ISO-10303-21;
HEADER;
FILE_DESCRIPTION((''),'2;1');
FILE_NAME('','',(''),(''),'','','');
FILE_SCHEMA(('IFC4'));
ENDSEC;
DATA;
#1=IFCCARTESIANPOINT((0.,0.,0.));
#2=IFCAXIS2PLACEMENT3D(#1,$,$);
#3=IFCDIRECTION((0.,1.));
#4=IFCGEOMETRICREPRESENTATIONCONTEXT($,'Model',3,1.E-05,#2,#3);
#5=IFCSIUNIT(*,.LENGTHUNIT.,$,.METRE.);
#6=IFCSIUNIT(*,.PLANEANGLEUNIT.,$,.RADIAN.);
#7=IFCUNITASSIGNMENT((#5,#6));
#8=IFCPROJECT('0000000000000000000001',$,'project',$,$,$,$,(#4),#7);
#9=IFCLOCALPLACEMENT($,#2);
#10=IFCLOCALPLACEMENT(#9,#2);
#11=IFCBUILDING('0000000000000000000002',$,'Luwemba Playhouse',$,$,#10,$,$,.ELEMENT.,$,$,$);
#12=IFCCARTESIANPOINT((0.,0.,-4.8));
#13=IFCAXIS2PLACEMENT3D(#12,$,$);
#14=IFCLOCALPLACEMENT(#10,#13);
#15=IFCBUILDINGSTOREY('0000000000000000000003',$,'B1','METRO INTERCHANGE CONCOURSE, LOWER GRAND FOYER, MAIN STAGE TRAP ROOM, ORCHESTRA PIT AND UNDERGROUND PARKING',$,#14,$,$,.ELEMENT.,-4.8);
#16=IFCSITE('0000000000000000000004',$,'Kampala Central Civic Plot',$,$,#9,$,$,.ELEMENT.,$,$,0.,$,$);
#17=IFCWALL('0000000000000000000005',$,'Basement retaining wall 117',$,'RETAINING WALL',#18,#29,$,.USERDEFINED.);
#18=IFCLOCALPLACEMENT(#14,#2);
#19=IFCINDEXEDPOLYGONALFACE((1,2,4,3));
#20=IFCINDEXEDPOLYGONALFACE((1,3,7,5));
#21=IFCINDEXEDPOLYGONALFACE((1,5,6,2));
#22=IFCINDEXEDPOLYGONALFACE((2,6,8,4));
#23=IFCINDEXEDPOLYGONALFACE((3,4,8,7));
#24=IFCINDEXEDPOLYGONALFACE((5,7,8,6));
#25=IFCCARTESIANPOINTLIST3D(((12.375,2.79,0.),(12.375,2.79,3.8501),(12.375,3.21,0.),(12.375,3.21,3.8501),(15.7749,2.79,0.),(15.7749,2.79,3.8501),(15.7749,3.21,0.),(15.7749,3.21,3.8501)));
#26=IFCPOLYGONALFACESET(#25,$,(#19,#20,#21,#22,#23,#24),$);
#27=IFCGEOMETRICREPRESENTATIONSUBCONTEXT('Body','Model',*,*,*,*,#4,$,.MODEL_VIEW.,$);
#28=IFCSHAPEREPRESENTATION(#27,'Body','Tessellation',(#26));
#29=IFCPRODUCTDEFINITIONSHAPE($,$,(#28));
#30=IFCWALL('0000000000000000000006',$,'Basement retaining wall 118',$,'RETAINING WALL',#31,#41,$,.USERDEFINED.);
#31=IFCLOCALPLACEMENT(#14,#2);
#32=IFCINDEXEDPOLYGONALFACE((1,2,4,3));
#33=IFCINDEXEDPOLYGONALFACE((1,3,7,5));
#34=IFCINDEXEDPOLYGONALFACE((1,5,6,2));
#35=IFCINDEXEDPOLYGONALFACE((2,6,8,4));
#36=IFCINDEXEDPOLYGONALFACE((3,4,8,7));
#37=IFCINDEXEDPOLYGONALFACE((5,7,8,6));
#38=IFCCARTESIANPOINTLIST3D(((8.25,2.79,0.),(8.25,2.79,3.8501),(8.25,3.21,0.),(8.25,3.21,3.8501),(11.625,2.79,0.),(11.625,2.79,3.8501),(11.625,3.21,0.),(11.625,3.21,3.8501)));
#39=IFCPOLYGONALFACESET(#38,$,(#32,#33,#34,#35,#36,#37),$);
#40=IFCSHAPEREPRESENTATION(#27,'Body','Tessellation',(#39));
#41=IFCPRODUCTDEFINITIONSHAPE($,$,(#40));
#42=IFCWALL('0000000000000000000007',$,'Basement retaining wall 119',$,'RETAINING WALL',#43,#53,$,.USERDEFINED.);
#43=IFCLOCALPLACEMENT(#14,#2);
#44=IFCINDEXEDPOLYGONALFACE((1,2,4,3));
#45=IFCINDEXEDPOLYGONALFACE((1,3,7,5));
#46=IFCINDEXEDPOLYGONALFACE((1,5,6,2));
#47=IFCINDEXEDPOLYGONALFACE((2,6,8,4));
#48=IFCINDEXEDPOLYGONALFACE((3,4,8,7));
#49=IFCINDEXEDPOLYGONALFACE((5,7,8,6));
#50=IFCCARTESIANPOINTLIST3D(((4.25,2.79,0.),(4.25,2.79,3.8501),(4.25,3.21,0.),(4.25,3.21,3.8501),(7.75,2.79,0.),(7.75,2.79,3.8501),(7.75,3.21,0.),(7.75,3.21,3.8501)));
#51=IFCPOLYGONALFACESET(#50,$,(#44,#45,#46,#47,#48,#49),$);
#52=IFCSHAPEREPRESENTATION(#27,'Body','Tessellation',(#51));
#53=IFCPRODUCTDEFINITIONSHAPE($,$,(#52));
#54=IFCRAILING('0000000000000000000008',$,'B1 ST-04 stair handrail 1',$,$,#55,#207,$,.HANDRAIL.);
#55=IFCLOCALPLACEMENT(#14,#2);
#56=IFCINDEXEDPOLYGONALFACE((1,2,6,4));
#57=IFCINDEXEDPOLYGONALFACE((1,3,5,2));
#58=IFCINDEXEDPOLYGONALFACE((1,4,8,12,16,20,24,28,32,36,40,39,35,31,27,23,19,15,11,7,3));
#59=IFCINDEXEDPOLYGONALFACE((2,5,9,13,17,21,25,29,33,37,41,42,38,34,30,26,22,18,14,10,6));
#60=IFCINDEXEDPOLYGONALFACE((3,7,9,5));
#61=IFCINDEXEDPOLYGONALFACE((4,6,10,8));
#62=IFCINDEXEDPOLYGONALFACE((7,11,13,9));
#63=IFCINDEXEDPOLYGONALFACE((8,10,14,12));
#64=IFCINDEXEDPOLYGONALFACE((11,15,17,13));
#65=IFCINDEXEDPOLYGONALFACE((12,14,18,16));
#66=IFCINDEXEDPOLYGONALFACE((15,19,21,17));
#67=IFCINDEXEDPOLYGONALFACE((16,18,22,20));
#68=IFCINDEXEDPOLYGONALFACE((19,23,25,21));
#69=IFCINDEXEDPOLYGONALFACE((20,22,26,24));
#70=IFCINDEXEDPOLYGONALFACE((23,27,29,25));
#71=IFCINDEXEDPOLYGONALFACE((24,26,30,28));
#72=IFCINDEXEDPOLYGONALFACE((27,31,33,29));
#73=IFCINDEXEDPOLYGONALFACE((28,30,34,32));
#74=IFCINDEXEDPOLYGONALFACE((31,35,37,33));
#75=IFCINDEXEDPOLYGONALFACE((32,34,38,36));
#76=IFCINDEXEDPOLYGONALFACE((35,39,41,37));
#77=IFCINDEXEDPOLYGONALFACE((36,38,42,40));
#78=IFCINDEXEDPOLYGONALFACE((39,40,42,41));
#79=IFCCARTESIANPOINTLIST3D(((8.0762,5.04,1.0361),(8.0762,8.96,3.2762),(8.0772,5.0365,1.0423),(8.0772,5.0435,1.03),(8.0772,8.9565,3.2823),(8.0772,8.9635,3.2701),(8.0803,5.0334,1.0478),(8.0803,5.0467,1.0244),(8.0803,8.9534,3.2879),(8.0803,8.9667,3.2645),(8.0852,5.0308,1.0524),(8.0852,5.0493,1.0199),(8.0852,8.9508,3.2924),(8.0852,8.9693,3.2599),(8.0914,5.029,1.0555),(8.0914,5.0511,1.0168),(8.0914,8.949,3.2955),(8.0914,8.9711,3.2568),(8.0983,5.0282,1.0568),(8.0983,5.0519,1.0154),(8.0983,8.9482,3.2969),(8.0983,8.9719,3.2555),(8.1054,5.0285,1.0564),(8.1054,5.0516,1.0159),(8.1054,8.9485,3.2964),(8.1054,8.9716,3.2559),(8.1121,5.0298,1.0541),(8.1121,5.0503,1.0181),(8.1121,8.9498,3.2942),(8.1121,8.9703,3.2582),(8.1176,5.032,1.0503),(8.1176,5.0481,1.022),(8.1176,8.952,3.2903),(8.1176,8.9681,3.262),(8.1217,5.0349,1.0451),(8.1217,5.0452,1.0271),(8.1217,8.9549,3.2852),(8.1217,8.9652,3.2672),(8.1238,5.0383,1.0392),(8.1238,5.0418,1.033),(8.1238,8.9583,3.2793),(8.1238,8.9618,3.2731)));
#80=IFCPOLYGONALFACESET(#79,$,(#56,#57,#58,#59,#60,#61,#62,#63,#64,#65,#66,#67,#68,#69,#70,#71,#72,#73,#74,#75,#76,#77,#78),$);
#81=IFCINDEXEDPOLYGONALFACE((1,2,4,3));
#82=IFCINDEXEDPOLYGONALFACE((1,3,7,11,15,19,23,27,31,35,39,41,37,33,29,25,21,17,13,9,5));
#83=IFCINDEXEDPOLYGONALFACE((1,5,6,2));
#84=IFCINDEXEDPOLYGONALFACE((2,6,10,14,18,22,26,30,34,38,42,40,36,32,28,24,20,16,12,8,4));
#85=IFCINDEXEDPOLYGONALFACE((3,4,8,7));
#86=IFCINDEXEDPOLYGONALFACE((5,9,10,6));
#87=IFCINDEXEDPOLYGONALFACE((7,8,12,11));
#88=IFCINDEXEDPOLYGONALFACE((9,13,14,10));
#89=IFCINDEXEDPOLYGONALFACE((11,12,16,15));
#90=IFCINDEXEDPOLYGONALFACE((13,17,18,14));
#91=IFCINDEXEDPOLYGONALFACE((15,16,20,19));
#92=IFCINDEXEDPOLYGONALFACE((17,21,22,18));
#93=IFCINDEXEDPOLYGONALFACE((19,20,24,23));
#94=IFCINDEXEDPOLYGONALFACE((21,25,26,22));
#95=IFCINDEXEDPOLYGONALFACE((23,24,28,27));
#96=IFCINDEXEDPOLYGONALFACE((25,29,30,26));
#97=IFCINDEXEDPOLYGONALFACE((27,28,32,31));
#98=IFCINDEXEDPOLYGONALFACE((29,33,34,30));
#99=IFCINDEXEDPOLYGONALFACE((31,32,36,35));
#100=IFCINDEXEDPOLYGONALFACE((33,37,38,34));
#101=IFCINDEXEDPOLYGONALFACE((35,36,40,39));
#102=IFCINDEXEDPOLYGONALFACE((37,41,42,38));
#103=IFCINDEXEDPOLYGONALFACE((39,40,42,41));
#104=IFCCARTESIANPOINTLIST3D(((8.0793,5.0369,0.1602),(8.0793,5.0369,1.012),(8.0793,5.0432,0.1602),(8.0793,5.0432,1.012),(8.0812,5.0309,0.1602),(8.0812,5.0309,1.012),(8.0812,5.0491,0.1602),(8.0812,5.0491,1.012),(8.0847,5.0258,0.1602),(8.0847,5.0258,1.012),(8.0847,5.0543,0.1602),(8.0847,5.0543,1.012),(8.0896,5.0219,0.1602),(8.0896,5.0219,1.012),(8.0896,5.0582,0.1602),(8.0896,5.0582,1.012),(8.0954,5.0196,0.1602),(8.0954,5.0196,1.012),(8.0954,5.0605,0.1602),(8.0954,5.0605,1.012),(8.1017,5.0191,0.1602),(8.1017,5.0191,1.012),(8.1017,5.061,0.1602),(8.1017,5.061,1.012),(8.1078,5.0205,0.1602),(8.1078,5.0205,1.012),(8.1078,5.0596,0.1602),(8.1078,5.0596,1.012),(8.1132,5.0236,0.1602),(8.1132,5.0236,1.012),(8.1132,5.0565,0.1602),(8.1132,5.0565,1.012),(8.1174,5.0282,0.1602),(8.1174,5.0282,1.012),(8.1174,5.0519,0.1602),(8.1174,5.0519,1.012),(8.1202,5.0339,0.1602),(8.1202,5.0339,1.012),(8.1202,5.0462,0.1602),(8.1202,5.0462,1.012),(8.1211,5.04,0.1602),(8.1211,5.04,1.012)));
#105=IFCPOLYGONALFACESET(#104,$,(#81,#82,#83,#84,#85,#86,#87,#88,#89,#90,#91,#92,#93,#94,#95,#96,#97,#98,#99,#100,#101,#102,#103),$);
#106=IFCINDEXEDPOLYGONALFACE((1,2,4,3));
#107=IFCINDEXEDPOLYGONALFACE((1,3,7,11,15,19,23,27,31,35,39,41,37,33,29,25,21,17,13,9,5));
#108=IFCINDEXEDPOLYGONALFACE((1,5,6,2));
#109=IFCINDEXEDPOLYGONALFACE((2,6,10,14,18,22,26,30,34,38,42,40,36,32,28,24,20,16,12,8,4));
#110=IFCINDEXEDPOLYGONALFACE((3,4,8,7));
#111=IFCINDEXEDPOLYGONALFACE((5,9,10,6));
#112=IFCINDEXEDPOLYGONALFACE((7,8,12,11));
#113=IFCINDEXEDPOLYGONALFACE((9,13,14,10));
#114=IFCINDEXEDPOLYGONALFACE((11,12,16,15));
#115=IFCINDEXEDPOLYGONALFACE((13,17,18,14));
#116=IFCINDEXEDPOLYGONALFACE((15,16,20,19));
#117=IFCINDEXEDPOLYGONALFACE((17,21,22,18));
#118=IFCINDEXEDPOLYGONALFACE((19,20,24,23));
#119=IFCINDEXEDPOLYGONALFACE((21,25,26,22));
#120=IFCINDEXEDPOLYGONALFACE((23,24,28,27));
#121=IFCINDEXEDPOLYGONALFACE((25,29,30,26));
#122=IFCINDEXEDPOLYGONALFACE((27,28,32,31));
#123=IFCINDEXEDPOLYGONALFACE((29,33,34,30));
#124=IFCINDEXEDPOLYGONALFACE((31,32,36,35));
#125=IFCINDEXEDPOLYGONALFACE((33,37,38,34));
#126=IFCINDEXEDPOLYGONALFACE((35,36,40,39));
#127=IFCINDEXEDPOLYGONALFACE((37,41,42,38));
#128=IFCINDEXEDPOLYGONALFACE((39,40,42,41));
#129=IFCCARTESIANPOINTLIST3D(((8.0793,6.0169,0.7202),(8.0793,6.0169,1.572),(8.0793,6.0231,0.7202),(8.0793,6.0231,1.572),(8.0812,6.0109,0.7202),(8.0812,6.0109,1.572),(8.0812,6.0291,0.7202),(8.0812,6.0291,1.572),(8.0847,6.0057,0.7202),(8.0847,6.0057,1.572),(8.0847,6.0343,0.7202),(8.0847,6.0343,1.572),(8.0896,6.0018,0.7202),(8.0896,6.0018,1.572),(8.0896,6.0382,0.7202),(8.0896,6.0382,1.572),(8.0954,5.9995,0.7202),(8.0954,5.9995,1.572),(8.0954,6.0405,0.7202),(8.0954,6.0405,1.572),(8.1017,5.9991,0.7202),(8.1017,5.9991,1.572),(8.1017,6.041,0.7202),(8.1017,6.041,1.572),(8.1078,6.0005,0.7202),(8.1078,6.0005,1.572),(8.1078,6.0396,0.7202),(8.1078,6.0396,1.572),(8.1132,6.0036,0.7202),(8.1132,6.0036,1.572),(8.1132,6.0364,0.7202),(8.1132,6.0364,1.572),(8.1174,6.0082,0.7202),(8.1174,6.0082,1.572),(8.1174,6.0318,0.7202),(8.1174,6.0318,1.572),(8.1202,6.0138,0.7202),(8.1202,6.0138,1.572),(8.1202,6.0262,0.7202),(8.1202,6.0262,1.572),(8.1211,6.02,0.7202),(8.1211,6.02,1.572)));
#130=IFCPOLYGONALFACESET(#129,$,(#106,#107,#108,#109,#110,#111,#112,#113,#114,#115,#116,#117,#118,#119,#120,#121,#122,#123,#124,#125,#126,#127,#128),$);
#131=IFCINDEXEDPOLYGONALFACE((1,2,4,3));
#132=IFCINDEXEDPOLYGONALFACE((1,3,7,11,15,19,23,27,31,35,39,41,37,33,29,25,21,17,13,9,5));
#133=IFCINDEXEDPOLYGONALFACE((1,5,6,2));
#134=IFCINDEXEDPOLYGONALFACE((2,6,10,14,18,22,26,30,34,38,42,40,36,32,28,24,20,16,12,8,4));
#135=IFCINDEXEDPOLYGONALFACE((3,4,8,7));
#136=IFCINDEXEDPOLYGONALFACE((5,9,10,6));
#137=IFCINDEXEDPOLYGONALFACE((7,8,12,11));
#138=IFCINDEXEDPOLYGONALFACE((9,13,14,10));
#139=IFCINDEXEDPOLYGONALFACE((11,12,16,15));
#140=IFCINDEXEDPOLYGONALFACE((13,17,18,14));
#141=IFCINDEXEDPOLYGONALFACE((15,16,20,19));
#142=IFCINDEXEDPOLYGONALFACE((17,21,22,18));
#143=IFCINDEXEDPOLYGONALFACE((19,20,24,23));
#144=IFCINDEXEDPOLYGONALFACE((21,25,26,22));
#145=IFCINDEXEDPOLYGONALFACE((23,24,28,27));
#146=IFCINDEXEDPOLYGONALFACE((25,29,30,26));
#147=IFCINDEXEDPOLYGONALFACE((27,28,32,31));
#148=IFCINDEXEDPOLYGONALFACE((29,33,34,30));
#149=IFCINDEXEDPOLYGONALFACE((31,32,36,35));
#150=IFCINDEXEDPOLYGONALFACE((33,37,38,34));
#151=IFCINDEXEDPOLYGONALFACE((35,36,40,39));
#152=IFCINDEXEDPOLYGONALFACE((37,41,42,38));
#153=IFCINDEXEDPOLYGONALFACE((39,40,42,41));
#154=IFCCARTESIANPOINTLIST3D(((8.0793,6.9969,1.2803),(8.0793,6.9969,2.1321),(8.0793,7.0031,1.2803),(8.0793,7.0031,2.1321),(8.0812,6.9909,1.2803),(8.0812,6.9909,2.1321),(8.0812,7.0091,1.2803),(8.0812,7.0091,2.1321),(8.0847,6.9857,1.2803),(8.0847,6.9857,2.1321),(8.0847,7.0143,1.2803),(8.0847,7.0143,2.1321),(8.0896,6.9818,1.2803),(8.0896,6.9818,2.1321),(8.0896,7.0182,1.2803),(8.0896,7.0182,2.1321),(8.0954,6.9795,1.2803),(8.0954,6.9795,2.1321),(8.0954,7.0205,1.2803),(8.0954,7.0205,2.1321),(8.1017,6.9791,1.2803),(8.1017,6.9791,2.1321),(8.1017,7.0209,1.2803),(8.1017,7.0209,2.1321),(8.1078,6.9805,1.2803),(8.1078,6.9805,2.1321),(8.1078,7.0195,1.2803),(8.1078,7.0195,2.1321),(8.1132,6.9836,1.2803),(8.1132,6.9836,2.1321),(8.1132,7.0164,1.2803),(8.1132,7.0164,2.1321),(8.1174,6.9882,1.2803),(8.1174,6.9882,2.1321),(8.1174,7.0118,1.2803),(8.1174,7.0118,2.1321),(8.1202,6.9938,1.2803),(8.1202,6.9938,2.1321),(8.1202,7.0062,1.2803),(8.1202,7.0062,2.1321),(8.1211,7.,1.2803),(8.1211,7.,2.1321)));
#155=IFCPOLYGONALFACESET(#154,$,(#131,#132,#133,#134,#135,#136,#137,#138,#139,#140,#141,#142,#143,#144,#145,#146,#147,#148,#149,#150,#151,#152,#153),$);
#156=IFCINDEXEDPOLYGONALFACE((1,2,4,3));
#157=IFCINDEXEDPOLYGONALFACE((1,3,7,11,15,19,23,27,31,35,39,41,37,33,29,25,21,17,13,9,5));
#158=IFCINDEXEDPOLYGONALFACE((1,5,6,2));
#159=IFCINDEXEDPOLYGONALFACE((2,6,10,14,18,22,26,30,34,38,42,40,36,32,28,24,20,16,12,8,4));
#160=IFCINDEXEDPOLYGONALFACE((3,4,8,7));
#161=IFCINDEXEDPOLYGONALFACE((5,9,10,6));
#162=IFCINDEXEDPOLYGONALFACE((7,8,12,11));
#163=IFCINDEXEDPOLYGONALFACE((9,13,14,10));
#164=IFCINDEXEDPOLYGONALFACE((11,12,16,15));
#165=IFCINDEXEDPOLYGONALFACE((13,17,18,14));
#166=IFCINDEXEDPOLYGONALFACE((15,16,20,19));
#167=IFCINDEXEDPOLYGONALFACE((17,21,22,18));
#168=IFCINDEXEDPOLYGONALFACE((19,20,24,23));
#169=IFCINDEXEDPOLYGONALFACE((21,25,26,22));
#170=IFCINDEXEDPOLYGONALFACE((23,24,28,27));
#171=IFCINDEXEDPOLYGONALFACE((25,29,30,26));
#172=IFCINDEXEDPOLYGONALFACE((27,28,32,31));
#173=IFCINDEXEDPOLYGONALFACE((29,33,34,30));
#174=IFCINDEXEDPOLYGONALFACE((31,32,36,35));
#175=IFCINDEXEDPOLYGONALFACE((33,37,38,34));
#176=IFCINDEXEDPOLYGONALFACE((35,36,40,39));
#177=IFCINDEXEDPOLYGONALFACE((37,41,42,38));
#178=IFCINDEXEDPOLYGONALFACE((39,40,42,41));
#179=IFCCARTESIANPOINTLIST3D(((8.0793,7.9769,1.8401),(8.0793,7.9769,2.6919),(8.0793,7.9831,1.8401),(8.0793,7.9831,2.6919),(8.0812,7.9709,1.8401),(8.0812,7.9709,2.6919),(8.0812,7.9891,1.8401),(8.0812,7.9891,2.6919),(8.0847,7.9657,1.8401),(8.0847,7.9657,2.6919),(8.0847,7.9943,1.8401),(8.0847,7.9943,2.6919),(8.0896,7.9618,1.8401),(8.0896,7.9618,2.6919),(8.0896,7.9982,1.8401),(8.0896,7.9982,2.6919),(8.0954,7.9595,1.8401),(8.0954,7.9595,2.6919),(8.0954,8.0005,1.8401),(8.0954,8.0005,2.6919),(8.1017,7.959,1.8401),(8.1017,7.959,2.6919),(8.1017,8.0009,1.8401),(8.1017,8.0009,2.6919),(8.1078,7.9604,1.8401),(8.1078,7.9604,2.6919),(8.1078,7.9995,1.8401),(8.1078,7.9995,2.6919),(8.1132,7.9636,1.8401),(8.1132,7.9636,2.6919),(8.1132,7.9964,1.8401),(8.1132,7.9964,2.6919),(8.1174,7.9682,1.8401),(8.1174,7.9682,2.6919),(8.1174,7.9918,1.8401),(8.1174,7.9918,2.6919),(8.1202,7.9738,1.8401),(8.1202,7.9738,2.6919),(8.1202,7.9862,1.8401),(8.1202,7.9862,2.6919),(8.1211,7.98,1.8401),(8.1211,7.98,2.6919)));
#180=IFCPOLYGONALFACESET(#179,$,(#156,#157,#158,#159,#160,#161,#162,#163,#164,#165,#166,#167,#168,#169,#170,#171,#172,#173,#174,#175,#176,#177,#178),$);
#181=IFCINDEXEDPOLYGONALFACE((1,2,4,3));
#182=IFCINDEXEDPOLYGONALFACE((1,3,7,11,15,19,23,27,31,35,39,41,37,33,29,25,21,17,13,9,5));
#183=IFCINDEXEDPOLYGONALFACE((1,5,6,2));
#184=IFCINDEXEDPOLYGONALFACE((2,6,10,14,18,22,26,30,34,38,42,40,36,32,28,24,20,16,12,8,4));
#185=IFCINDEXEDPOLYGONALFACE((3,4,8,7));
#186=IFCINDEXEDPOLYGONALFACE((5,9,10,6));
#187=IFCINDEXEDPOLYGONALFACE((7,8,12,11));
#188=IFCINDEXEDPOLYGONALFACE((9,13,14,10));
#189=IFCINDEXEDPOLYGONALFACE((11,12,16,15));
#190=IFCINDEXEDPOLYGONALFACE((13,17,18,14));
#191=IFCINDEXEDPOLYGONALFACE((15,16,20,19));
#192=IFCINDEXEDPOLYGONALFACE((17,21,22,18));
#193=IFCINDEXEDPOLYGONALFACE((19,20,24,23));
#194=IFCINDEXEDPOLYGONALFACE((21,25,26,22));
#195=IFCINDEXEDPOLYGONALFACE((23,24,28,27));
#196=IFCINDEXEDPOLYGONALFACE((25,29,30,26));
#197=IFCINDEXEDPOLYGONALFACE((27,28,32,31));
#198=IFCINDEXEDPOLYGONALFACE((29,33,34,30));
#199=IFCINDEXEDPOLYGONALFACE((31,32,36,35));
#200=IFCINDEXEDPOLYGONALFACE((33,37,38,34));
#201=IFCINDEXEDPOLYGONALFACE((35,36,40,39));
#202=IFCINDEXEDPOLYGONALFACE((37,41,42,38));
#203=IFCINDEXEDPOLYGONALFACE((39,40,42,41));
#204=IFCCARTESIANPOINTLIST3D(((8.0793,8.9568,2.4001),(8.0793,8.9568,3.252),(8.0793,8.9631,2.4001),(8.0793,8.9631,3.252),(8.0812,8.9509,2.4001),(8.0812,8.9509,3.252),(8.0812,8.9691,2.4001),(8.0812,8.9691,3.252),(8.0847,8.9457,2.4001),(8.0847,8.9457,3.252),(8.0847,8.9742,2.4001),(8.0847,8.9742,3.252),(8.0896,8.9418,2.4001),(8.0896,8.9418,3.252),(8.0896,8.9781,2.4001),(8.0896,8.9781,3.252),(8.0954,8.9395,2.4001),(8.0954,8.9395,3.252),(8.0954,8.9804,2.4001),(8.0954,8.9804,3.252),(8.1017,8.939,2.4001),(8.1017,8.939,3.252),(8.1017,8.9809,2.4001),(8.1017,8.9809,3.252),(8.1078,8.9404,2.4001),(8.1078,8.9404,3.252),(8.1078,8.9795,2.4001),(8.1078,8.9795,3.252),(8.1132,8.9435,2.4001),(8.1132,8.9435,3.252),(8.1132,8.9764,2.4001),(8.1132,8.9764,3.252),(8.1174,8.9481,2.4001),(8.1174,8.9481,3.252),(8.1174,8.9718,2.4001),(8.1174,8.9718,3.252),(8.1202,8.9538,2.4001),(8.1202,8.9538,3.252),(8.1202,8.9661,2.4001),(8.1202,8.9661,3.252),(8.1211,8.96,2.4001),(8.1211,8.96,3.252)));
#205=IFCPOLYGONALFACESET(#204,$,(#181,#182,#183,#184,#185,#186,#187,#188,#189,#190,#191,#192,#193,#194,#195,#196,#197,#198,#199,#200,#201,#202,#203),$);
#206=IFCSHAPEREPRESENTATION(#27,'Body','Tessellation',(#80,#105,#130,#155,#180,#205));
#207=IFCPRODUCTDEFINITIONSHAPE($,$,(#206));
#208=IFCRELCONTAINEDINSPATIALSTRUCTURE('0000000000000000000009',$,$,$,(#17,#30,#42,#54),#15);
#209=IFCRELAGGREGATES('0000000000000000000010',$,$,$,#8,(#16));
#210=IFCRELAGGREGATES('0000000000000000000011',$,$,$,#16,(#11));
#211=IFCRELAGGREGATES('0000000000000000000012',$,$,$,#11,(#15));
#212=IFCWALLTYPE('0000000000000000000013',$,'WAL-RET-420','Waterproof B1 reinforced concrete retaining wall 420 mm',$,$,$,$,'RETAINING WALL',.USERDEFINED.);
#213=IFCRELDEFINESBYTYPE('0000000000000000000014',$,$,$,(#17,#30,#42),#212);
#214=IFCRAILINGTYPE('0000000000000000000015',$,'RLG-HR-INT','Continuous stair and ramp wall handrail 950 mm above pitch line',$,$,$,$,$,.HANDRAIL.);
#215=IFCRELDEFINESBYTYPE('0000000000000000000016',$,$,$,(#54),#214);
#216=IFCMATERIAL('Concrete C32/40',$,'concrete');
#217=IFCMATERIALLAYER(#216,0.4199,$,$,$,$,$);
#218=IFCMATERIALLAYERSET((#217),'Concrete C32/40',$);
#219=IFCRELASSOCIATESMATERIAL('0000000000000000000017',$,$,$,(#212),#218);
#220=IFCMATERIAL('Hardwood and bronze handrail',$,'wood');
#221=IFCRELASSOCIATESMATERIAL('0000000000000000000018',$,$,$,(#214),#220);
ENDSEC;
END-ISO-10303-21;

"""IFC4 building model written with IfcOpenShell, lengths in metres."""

from ifc_helpers import new_model, si_unit, direction, frame, frame_2d, origin, origin_2d, place, context, subcontext, project, spatial, rectangle, circle, extrude, material, layer, layer_set, type_object, element, save


model = new_model("IFC4")

# Units and contexts
model_context = context("Model", 3, precision=1e-05, world=origin(), true_north=direction((0.0, 1.0)))
body_context = subcontext(model_context, "Body", "Model", "MODEL_VIEW")
ifc_project = project(units=[si_unit("LENGTHUNIT", "METRE"), si_unit("PLANEANGLEUNIT", "RADIAN")], contexts=[model_context])

# Site, building, storey
site_placement = place(None, origin())
site = spatial("IfcSite", under=ifc_project, at=site_placement, Name="Kampala Central Civic Plot", CompositionType="ELEMENT", RefElevation=0.0)
building_placement = place(site_placement, origin())
building = spatial("IfcBuilding", under=site, at=building_placement, Name="Luwemba Playhouse", CompositionType="ELEMENT")
storey_placement = place(building_placement, frame((0.0, 0.0, -4.8)))
storey = spatial("IfcBuildingStorey", under=building, at=storey_placement, Name="B1", Description="METRO INTERCHANGE CONCOURSE, LOWER GRAND FOYER, MAIN STAGE TRAP ROOM, ORCHESTRA PIT AND UNDERGROUND PARKING", CompositionType="ELEMENT", Elevation=-4.8)

# Shared definitions
ifc_material_1 = material(Name="Concrete C32/40", Category="concrete")

# Walls
ifc_layer_1 = layer(ifc_material_1, 0.4199)
ifc_layer_set_1 = layer_set([ifc_layer_1], Name="Concrete C32/40")
wall_type_1 = type_object("IfcWallType", Name="WAL-RET-420", Description="Waterproof B1 reinforced concrete retaining wall 420 mm", ElementType="RETAINING WALL", PredefinedType="USERDEFINED", material=ifc_layer_set_1)
wall_1_placement = place(storey_placement, frame((15.7749, 3.0, 0.0), z_axis=(0.0, 0.0, 1.0), x_axis=(-1.0, 0.0, 0.0)))
element("IfcWall", 1, at=wall_1_placement, inside=storey, type_object=wall_type_1, Name="Basement retaining wall 117", ObjectType="RETAINING WALL", PredefinedType="USERDEFINED", context=body_context, shape_type="SweptSolid", body=[
    extrude(rectangle(XDim=3.3999, YDim=0.4199, at=frame_2d((1.7, 0.0))), origin(), (0.0, 0.0, 1.0), 3.8501),
])
wall_2_placement = place(storey_placement, frame((11.625, 3.0, 0.0), z_axis=(0.0, 0.0, 1.0), x_axis=(-1.0, 0.0, 0.0)))
element("IfcWall", 2, at=wall_2_placement, inside=storey, type_object=wall_type_1, Name="Basement retaining wall 118", ObjectType="RETAINING WALL", PredefinedType="USERDEFINED", context=body_context, shape_type="SweptSolid", body=[
    extrude(rectangle(XDim=3.375, YDim=0.4199, at=frame_2d((1.6875, 0.0))), origin(), (0.0, 0.0, 1.0), 3.8501),
])
wall_3_placement = place(storey_placement, frame((7.75, 3.0, 0.0), z_axis=(0.0, 0.0, 1.0), x_axis=(-1.0, 0.0, 0.0)))
element("IfcWall", 3, at=wall_3_placement, inside=storey, type_object=wall_type_1, Name="Basement retaining wall 119", ObjectType="RETAINING WALL", PredefinedType="USERDEFINED", context=body_context, shape_type="SweptSolid", body=[
    extrude(rectangle(XDim=3.5, YDim=0.4199, at=frame_2d((1.75, 0.0))), origin(), (0.0, 0.0, 1.0), 3.8501),
])

# Railing
ifc_material_2 = material(Name="Hardwood and bronze handrail", Category="wood")
railing_type = type_object("IfcRailingType", Name="RLG-HR-INT", Description="Continuous stair and ramp wall handrail 950 mm above pitch line", PredefinedType="HANDRAIL", material=ifc_material_2)
railing_placement = place(storey_placement, frame((8.1001, 5.04, 0.1602)))
element("IfcRailing", 4, at=railing_placement, inside=storey, type_object=railing_type, Name="B1 ST-04 stair handrail 1", PredefinedType="HANDRAIL", context=body_context, shape_type="SweptSolid", body=[
    extrude(circle(Radius=0.0239, at=origin_2d()), frame((0.0, 0.0, 0.876), z_axis=(0.0, 0.86824, 0.496145), x_axis=(-1.0, 0.0, 0.0)), (0.0, 0.0, 1.0), 4.5149),
    extrude(circle(Radius=0.021, at=origin_2d()), origin(), (0.0, 0.0, 1.0), 0.8518),
    extrude(circle(Radius=0.021, at=origin_2d()), frame((0.0, 0.98, 0.5601)), (0.0, 0.0, 1.0), 0.8518),
    extrude(circle(Radius=0.021, at=origin_2d()), frame((0.0, 1.96, 1.1201)), (0.0, 0.0, 1.0), 0.8518),
    extrude(circle(Radius=0.021, at=origin_2d()), frame((0.0, 2.9399, 1.6799)), (0.0, 0.0, 1.0), 0.8518),
    extrude(circle(Radius=0.021, at=origin_2d()), frame((0.0, 3.9199, 2.24)), (0.0, 0.0, 1.0), 0.8518),
])

save(model, "model.ifc")
